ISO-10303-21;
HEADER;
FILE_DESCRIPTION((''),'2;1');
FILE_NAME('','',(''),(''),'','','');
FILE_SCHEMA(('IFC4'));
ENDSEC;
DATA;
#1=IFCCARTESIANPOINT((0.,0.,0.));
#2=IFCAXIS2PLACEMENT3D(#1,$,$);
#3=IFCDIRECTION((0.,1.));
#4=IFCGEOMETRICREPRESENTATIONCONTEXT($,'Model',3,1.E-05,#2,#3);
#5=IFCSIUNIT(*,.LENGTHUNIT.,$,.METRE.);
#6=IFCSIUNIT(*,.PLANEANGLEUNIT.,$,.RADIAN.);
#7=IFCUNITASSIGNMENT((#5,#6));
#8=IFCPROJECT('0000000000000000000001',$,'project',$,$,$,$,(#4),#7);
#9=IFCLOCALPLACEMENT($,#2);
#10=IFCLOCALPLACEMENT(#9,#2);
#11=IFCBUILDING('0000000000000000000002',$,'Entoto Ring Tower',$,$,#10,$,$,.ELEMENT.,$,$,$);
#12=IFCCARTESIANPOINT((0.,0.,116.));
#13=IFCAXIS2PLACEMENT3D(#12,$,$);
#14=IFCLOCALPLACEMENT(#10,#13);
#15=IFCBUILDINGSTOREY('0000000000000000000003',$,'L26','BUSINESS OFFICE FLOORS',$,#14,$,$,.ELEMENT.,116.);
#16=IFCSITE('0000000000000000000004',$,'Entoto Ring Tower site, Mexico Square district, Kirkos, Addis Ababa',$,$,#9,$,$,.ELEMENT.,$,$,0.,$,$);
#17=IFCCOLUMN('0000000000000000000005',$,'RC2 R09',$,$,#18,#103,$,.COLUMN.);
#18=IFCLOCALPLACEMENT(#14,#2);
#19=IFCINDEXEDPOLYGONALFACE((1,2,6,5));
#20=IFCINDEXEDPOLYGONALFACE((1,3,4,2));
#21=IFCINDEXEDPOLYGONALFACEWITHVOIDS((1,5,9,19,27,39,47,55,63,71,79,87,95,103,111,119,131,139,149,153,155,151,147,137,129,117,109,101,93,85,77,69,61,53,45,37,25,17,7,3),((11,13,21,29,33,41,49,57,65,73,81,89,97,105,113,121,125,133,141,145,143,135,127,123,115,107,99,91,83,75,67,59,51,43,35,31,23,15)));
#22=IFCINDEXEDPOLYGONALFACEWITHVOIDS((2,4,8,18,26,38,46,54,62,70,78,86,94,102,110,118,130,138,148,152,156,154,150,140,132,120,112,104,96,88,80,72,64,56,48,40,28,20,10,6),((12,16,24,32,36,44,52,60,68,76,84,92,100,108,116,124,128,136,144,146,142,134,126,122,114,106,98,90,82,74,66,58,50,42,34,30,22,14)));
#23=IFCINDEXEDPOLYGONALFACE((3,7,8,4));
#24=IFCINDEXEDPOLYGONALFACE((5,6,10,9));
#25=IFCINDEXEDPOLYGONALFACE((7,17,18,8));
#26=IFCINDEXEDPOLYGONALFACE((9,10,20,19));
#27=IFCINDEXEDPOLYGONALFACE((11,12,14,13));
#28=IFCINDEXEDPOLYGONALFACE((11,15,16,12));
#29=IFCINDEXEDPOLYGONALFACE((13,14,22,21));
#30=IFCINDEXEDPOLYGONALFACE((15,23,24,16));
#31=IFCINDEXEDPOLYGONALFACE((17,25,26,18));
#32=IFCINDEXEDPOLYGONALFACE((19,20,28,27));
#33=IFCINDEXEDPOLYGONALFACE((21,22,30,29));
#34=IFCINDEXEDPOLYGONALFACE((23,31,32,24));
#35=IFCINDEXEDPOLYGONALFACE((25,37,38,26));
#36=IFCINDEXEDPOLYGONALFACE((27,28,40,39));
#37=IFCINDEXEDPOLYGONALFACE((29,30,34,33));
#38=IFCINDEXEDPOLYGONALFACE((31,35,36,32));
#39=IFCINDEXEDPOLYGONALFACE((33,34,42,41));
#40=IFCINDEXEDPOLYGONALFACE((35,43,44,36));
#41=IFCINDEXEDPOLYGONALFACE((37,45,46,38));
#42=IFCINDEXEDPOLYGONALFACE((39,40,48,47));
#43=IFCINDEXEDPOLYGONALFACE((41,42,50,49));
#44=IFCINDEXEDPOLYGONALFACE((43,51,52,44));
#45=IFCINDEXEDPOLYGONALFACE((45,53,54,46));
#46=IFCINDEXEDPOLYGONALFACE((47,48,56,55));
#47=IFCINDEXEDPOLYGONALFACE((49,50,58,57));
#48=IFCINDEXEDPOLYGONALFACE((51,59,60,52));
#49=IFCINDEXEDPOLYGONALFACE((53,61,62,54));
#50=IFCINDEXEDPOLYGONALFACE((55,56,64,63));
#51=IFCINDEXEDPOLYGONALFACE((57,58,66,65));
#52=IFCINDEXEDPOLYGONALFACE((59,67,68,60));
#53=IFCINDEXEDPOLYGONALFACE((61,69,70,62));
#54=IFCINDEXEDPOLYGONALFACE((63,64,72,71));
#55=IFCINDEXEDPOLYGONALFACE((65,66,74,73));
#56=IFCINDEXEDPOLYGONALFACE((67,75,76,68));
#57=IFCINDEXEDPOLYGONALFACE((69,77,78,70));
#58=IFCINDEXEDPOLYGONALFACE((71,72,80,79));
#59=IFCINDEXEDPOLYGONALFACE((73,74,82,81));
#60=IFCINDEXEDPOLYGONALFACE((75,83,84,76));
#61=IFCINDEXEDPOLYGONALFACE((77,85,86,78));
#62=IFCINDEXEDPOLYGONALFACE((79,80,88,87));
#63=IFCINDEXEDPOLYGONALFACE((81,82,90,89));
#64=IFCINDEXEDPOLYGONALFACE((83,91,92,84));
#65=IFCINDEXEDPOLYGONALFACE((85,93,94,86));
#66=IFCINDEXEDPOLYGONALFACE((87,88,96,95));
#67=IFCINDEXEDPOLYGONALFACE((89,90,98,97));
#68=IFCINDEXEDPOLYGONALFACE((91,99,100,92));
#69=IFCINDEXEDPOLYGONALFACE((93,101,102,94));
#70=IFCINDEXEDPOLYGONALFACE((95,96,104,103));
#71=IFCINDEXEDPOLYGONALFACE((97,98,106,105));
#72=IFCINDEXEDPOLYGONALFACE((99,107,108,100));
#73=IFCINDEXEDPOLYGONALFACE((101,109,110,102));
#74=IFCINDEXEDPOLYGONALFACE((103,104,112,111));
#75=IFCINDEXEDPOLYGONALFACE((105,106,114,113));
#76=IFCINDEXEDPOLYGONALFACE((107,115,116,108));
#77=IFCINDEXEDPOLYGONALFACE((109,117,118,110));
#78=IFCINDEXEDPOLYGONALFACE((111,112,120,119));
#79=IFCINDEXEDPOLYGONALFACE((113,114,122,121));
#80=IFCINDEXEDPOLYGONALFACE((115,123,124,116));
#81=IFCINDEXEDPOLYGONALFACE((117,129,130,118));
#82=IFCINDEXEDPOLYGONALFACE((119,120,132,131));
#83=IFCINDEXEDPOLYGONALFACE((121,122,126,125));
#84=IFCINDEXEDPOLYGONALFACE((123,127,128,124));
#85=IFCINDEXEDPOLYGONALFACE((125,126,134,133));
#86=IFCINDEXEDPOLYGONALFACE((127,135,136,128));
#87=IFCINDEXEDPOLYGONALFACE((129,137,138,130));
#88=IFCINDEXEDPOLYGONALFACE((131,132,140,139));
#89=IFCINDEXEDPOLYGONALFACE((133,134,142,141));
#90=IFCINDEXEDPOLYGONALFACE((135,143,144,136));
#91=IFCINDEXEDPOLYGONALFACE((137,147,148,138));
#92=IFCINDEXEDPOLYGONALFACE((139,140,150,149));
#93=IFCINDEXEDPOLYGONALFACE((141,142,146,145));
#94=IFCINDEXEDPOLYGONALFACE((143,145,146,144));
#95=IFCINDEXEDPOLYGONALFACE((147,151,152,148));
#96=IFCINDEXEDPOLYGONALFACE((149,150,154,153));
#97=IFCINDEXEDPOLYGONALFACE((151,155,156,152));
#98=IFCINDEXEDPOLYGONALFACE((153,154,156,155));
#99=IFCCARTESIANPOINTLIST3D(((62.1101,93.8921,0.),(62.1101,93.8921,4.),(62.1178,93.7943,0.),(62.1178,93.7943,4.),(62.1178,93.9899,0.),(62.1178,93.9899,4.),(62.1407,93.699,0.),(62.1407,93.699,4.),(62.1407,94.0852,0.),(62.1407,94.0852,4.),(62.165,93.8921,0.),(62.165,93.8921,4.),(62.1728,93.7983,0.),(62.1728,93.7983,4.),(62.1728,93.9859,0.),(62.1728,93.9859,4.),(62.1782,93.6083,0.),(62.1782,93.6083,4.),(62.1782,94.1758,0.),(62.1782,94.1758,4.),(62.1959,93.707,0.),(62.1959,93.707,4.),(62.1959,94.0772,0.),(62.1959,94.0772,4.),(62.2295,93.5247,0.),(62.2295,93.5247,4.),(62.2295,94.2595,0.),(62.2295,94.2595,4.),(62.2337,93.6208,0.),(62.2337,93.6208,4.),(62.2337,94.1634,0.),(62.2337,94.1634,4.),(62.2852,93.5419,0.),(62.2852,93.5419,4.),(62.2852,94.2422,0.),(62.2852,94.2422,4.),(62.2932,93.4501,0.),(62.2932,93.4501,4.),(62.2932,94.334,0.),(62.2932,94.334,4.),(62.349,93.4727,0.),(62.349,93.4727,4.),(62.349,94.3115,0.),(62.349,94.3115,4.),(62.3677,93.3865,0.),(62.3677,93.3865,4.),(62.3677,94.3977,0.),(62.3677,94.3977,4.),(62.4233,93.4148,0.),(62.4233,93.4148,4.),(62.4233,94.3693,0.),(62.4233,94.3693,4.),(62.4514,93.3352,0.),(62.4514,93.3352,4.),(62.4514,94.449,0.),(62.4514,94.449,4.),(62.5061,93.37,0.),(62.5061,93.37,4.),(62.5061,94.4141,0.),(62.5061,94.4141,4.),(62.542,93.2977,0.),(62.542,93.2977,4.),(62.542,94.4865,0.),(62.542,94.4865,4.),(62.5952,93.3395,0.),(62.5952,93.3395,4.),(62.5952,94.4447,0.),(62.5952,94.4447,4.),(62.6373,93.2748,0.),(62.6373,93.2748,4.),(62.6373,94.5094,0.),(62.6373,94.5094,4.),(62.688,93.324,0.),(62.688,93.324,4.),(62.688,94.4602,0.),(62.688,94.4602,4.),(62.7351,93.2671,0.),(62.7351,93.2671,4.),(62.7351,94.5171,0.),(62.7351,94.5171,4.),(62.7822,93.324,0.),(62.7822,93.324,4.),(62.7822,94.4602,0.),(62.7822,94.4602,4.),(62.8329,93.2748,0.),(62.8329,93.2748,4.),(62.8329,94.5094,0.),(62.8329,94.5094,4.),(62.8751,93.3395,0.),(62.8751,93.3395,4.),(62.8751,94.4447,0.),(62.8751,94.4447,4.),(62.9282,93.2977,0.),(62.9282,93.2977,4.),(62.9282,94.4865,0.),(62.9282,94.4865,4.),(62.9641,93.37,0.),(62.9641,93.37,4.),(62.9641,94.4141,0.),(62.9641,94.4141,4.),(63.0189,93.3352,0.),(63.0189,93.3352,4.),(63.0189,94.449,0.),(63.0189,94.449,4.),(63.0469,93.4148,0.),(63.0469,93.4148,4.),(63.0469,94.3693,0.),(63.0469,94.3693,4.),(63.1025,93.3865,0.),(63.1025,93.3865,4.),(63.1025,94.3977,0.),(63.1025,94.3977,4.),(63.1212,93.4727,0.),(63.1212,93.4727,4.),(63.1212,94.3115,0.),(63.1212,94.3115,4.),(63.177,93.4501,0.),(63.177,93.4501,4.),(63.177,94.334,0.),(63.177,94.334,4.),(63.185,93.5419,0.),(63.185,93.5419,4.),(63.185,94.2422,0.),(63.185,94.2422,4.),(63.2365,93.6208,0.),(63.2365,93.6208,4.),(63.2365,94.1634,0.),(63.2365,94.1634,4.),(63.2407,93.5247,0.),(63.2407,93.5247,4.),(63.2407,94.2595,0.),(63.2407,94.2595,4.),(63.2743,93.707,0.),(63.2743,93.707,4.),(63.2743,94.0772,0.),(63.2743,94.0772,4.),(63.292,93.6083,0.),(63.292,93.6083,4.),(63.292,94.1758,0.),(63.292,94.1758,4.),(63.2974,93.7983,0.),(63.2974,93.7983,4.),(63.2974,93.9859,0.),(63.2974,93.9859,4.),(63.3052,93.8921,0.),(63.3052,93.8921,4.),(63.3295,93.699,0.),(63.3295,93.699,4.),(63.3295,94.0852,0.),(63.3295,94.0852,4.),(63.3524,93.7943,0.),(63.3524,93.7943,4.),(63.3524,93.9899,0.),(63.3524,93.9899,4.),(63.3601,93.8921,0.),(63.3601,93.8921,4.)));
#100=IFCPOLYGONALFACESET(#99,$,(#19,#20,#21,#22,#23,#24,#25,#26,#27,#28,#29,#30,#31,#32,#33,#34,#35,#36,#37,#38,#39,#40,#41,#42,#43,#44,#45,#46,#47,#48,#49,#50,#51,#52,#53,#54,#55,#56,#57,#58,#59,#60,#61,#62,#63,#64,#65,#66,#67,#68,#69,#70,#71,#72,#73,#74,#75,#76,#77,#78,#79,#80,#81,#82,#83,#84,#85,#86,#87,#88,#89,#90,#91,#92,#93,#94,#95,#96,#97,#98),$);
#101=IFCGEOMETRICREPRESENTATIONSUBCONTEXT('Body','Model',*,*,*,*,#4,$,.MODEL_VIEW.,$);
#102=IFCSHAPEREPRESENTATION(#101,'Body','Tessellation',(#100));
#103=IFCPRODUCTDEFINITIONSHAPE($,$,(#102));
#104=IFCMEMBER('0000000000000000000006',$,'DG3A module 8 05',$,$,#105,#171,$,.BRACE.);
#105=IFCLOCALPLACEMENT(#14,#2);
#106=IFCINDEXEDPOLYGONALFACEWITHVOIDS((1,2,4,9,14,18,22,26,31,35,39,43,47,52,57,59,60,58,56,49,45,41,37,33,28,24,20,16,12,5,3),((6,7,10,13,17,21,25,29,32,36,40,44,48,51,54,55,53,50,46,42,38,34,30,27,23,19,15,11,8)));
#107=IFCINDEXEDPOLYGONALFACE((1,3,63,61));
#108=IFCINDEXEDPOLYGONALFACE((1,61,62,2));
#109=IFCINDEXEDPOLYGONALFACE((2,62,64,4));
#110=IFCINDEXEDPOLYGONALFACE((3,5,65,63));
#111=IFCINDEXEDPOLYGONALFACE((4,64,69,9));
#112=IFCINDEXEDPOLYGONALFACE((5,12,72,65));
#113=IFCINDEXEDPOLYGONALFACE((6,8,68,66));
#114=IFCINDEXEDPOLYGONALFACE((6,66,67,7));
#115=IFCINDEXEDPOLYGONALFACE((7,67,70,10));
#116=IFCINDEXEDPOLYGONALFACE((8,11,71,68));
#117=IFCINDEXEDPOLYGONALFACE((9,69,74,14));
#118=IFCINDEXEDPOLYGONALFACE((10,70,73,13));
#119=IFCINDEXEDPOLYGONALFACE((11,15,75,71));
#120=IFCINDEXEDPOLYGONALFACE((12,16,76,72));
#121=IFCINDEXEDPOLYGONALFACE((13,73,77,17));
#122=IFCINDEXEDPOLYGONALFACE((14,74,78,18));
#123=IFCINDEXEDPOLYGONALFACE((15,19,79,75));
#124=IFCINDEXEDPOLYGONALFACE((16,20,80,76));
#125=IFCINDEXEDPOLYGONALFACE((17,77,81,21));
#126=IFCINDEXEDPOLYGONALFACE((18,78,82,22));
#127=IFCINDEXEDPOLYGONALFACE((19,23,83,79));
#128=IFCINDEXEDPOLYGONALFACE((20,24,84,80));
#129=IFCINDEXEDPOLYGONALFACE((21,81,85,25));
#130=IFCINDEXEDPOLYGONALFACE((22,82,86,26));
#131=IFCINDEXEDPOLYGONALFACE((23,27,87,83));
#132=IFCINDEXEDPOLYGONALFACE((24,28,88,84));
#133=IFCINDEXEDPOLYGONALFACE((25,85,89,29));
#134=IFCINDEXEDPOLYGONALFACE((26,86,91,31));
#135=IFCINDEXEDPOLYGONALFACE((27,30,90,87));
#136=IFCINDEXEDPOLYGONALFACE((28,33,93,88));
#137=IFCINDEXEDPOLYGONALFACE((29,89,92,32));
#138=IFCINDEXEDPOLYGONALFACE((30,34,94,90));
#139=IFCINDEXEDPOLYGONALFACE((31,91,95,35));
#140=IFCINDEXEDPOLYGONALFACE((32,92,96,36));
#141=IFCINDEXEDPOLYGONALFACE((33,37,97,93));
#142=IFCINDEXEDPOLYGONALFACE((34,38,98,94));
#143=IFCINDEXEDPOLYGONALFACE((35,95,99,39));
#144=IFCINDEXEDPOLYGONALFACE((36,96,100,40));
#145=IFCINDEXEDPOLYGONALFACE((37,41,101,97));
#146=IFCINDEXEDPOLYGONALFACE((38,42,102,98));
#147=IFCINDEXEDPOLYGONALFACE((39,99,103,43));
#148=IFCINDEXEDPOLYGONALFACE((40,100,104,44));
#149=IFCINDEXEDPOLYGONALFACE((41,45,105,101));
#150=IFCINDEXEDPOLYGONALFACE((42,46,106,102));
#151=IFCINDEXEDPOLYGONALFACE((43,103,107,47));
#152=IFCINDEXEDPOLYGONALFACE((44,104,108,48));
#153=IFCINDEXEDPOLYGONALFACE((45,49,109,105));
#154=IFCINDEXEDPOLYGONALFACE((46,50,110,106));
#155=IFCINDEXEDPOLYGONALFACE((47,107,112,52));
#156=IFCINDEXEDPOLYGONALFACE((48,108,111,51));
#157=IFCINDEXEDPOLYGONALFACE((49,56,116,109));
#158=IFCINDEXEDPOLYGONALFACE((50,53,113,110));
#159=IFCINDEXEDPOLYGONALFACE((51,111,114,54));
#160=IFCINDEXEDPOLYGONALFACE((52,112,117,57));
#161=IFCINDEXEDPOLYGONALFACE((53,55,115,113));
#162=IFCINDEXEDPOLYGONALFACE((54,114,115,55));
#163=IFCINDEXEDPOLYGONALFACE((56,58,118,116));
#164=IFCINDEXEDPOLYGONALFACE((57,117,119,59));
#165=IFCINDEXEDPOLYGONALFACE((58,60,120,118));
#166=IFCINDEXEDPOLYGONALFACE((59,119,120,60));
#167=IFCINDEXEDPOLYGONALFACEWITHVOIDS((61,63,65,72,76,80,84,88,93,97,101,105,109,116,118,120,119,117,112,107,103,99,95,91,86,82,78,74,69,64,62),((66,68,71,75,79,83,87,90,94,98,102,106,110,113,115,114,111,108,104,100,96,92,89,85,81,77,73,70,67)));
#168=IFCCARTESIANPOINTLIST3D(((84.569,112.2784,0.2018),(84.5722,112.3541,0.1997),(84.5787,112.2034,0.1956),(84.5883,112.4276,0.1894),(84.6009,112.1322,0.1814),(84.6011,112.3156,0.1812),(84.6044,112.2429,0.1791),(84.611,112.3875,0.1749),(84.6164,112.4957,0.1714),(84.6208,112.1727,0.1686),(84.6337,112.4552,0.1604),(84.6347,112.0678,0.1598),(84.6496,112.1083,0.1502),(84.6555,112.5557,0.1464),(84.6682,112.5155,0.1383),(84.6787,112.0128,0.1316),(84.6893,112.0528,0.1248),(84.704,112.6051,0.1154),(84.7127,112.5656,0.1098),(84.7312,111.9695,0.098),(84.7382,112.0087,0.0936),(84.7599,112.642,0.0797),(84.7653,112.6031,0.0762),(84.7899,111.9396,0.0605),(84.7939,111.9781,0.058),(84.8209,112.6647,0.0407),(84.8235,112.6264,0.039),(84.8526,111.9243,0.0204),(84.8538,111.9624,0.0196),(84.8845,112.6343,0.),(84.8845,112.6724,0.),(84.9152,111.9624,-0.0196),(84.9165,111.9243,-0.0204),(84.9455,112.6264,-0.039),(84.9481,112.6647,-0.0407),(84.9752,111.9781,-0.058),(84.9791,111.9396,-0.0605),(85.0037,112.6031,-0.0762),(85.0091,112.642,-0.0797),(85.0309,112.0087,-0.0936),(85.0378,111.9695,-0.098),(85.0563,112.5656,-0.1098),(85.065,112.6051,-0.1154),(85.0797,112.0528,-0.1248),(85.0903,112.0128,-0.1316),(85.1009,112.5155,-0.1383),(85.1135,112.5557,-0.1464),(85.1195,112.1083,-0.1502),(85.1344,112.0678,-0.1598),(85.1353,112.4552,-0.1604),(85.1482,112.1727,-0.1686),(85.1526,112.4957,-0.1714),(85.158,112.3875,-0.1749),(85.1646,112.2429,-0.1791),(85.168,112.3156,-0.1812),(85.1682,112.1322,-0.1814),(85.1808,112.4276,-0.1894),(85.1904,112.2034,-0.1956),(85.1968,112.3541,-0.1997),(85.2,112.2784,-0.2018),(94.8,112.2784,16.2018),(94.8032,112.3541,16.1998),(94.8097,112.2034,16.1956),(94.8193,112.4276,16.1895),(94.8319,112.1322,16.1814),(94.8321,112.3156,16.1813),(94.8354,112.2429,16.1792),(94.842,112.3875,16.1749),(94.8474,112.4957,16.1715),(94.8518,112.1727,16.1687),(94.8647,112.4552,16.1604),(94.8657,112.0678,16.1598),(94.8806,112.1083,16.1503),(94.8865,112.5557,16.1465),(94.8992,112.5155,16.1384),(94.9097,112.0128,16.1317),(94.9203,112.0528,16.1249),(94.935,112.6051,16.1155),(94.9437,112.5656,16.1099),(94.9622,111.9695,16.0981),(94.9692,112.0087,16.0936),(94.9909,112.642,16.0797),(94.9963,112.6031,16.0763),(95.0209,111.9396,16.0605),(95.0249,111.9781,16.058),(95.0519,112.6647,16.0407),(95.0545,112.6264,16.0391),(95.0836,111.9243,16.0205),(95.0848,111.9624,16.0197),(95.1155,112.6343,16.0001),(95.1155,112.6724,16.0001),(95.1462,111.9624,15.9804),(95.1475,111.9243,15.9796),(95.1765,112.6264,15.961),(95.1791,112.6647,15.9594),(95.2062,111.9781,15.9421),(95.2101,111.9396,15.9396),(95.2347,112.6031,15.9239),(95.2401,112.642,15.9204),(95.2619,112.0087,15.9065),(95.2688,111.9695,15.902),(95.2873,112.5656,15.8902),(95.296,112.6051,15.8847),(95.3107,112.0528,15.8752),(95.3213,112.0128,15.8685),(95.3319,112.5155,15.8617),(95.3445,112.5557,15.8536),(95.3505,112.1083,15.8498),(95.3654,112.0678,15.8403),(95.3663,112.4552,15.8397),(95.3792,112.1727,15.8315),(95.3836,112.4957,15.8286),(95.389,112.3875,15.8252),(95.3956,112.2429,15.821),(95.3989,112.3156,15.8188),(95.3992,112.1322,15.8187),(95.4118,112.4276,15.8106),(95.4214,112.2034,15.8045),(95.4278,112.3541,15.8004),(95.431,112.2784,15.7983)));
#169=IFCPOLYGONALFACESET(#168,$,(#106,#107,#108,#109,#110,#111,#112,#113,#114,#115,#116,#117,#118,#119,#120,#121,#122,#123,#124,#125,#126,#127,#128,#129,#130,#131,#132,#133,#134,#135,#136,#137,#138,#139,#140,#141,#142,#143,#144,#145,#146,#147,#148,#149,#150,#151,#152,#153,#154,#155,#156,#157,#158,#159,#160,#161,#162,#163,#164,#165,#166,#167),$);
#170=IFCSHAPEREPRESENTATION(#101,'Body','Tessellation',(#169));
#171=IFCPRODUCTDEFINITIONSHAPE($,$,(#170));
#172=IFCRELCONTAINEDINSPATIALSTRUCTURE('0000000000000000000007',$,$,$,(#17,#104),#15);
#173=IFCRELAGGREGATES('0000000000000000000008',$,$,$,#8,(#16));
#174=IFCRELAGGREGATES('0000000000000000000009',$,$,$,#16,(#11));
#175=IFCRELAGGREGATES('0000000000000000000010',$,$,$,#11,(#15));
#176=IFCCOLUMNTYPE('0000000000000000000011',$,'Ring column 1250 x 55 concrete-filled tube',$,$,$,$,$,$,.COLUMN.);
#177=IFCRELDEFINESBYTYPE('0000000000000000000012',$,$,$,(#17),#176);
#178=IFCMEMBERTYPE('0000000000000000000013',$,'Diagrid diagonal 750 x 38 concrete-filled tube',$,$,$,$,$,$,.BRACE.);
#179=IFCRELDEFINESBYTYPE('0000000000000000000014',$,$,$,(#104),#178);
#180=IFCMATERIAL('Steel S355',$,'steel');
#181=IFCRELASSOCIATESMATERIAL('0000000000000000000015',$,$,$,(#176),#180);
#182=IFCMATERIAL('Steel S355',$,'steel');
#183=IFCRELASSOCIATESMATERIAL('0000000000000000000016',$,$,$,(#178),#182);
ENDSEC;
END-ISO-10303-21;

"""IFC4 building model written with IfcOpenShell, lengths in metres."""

from ifc_helpers import new_model, si_unit, direction, frame, origin, origin_2d, place, context, subcontext, project, spatial, circle, hollow_circle, extrude, material, material_profile, profile_set, type_object, element, save


model = new_model("IFC4")

# Units and contexts
model_context = context("Model", 3, precision=1e-05, world=origin(), true_north=direction((0.0, 1.0)))
body_context = subcontext(model_context, "Body", "Model", "MODEL_VIEW")
ifc_project = project(units=[si_unit("LENGTHUNIT", "METRE"), si_unit("PLANEANGLEUNIT", "RADIAN")], contexts=[model_context])

# Site, building, storey
site_placement = place(None, origin())
site = spatial("IfcSite", under=ifc_project, at=site_placement, Name="Entoto Ring Tower site, Mexico Square district, Kirkos, Addis Ababa", CompositionType="ELEMENT", RefElevation=0.0)
building_placement = place(site_placement, origin())
building = spatial("IfcBuilding", under=site, at=building_placement, Name="Entoto Ring Tower", CompositionType="ELEMENT")
storey_placement = place(building_placement, frame((0.0, 0.0, 116.0)))
storey = spatial("IfcBuildingStorey", under=building, at=storey_placement, Name="L26", Description="BUSINESS OFFICE FLOORS", CompositionType="ELEMENT", Elevation=116.0)

# Column
ifc_material_1 = material(Name="Steel S355", Category="steel")
ifc_material_profile_1 = material_profile(ifc_material_1, hollow_circle(Radius=0.625, WallThickness=0.0549, at=origin_2d()), Name="CHS 1250 x 55")
ifc_material_2 = material(Name="Concrete C60/75", Category="concrete")
ifc_material_profile_2 = material_profile(ifc_material_2, circle(Radius=0.5701, at=origin_2d()), Name="Concrete C60/75 infill")
ifc_profile_set_1 = profile_set([ifc_material_profile_1, ifc_material_profile_2], Name="Steel S355")
column_type = type_object("IfcColumnType", Name="Ring column 1250 x 55 concrete-filled tube", PredefinedType="COLUMN", material=ifc_profile_set_1)
for number, where, z_axis, x_axis, name in (
    (1, (62.7351, 93.8921, 0.0), (0.0, 0.0, 1.0), (1.0, 0.0, 0.0), "RC2 R09"),
):
    element("IfcColumn", number, at=place(storey_placement, frame(where, z_axis=z_axis, x_axis=x_axis)), inside=storey, type_object=column_type, Name=name, PredefinedType="COLUMN", context=body_context, shape_type="SweptSolid", body=[
        extrude(hollow_circle(Radius=0.625, WallThickness=0.0549, at=origin_2d()), origin(), (0.0, 0.0, 1.0), 4.0),
    ])

# Member
ifc_material_3 = material(Name="Steel S355", Category="steel")
ifc_material_profile_3 = material_profile(ifc_material_3, hollow_circle(Radius=0.375, WallThickness=0.0381, at=origin_2d()), Name="CHS 750 x 38")
ifc_material_4 = material(Name="Concrete C60/75", Category="concrete")
ifc_material_profile_4 = material_profile(ifc_material_4, circle(Radius=0.3369, at=origin_2d()), Name="Concrete C60/75 infill")
ifc_profile_set_2 = profile_set([ifc_material_profile_3, ifc_material_profile_4], Name="Steel S355")
member_type_1 = type_object("IfcMemberType", Name="Diagrid diagonal 750 x 38 concrete-filled tube", PredefinedType="BRACE", material=ifc_profile_set_2)
member_1_placement = place(storey_placement, frame((84.8845, 112.2974, 0.0), z_axis=(0.538716, 0.0, 0.842488), x_axis=(0.0, 1.0, 0.0)))
element("IfcMember", 2, at=member_1_placement, inside=storey, type_object=member_type_1, Name="DG3A module 8 05", PredefinedType="BRACE", context=body_context, shape_type="SweptSolid", body=[
    extrude(hollow_circle(Radius=0.375, WallThickness=0.0381, at=origin_2d()), origin(), (0.0, 0.0, 1.0), 18.9915),
])

save(model, "model.ifc")
